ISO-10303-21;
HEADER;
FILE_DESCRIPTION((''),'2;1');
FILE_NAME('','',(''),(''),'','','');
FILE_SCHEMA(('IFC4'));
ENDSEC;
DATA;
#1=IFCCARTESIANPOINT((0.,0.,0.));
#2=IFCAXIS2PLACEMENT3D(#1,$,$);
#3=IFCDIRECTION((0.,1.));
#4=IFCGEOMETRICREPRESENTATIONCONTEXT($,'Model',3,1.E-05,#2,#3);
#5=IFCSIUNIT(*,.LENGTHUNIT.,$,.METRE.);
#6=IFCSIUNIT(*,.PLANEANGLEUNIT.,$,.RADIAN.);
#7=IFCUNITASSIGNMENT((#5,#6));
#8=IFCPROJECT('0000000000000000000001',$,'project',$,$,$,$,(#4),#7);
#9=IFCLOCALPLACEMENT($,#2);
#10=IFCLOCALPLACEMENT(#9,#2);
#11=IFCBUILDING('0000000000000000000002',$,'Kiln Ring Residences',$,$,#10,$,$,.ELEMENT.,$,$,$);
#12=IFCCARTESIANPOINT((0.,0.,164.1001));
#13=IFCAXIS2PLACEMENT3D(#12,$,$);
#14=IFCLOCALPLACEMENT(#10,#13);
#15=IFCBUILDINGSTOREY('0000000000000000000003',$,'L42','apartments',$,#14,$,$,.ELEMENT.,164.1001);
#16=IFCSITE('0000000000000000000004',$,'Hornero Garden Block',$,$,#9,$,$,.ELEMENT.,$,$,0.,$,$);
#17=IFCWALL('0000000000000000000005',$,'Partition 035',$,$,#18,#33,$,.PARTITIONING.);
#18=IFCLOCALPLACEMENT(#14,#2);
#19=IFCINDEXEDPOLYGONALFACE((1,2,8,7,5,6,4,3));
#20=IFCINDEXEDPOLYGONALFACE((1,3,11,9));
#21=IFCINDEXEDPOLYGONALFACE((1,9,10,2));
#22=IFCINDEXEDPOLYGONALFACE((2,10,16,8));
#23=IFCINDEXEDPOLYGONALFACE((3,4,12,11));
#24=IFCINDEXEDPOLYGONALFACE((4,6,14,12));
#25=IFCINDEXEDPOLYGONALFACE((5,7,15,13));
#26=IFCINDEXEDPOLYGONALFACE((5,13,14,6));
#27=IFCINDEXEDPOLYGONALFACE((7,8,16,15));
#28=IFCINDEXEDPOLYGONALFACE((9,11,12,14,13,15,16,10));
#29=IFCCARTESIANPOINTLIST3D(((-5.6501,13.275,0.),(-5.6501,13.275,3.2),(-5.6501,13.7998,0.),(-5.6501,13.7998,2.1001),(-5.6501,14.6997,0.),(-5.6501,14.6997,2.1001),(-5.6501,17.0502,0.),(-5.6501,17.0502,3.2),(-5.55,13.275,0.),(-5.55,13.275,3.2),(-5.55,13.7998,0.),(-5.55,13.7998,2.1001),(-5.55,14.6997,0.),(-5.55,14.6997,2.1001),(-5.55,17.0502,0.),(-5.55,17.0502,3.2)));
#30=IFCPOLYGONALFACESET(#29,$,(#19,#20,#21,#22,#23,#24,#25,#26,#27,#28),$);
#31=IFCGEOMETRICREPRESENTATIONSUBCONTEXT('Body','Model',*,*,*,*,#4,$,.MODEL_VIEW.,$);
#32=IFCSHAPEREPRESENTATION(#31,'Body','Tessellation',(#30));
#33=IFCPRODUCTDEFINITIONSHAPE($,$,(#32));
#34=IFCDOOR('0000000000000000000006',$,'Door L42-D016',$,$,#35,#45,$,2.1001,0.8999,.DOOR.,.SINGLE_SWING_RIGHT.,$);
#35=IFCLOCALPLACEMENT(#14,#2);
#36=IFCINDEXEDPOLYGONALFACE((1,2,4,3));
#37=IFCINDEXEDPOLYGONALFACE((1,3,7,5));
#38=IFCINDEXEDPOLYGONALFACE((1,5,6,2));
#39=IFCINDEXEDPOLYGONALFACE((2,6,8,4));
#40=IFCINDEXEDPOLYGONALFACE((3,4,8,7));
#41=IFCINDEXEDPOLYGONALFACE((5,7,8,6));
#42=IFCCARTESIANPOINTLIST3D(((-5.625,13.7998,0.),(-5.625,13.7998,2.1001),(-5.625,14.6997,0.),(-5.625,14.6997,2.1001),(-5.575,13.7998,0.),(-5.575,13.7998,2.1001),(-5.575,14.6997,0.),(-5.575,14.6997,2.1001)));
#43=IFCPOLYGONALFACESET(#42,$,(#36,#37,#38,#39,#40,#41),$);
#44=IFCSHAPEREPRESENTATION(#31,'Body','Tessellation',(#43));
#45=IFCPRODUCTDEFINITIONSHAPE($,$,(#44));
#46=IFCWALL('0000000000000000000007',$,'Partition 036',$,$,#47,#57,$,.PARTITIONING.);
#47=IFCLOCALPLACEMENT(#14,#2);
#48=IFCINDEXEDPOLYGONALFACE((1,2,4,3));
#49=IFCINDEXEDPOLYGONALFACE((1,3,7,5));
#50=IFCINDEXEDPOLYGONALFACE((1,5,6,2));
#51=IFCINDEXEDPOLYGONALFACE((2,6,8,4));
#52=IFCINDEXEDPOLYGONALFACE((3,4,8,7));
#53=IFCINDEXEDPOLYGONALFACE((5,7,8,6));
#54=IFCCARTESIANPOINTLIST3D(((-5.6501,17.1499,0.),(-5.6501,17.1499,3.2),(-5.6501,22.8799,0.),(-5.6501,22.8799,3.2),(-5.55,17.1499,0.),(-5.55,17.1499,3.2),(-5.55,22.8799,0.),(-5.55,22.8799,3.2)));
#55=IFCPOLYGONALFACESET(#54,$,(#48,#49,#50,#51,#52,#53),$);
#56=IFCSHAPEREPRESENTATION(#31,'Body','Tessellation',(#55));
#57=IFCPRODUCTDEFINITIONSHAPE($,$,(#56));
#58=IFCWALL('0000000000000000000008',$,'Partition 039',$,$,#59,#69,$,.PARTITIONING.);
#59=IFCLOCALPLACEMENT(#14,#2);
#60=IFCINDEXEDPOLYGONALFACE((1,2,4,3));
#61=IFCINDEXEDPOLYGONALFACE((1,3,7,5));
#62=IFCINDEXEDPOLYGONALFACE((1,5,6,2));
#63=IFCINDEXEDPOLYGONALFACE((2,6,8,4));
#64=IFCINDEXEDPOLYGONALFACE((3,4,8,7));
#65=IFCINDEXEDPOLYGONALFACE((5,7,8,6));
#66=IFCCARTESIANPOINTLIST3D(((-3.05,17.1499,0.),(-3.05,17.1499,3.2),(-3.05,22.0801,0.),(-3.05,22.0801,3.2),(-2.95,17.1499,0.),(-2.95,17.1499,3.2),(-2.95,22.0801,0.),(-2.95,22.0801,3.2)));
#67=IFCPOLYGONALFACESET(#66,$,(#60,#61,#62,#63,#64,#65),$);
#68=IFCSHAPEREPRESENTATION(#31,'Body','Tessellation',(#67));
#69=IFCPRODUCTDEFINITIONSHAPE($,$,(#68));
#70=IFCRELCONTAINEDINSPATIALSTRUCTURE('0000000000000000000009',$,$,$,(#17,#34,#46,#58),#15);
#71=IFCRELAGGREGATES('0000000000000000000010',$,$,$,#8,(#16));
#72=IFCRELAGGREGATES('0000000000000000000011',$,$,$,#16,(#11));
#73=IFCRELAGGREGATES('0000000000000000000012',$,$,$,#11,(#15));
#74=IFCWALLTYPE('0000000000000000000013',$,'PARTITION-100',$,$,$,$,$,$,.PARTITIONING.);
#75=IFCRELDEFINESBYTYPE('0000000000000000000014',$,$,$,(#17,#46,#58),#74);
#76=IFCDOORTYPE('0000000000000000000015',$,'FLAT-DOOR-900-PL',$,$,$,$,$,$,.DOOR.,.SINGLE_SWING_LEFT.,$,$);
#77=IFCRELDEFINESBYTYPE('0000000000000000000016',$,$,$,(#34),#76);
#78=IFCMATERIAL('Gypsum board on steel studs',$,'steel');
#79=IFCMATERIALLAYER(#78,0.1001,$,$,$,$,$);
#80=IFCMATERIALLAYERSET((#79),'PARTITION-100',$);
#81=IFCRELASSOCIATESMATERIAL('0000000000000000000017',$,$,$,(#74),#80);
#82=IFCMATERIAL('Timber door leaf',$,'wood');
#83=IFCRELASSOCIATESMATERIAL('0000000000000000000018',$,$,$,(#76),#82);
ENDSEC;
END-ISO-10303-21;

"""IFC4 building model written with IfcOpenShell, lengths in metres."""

from ifc_helpers import new_model, si_unit, direction, frame, frame_2d, origin, place, context, subcontext, project, spatial, rectangle, extrude, material, layer, layer_set, type_object, element, fill, save


model = new_model("IFC4")

# Units and contexts
model_context = context("Model", 3, precision=1e-05, world=origin(), true_north=direction((0.0, 1.0)))
body_context = subcontext(model_context, "Body", "Model", "MODEL_VIEW")
ifc_project = project(units=[si_unit("LENGTHUNIT", "METRE"), si_unit("PLANEANGLEUNIT", "RADIAN")], contexts=[model_context])

# Site, building, storey
site_placement = place(None, origin())
site = spatial("IfcSite", under=ifc_project, at=site_placement, Name="Hornero Garden Block", CompositionType="ELEMENT", RefElevation=0.0)
building_placement = place(site_placement, origin())
building = spatial("IfcBuilding", under=site, at=building_placement, Name="Kiln Ring Residences", CompositionType="ELEMENT")
storey_placement = place(building_placement, frame((0.0, 0.0, 164.1001)))
storey = spatial("IfcBuildingStorey", under=building, at=storey_placement, Name="L42", Description="apartments", CompositionType="ELEMENT", Elevation=164.1001)

# Wall, opening, door
ifc_material_1 = material(Name="Gypsum board on steel studs", Category="steel")
ifc_layer_1 = layer(ifc_material_1, 0.1001)
ifc_layer_set_1 = layer_set([ifc_layer_1], Name="PARTITION-100")
wall_type_1 = type_object("IfcWallType", Name="PARTITION-100", PredefinedType="PARTITIONING", material=ifc_layer_set_1)
wall_1_placement = place(storey_placement, frame((-5.6001, 13.2749, 0.0), z_axis=(0.0, 0.0, 1.0), x_axis=(0.0, 1.0, 0.0)))
wall_1 = element("IfcWall", 1, at=wall_1_placement, inside=storey, type_object=wall_type_1, Name="Partition 035", PredefinedType="PARTITIONING", context=body_context, shape_type="SweptSolid", body=[
    extrude(rectangle(XDim=3.7751, YDim=0.1001, at=frame_2d((1.8877, 0.0))), origin(), (0.0, 0.0, 1.0), 3.2),
])
opening_1_placement = place(wall_1_placement, frame((0.5249, 0.0, 0.0)))
opening_1 = element("IfcOpeningElement", 2, at=opening_1_placement, cuts=wall_1, PredefinedType="OPENING", context=body_context, shape_type="SweptSolid", body=[
    extrude(rectangle(XDim=0.8999, YDim=2.1001, at=frame_2d((0.45, 1.05))), frame((0.0, 0.0601, 0.0), z_axis=(0.0, -1.0, 0.0), x_axis=(1.0, 0.0, 0.0)), (0.0, 0.0, 1.0), 0.1201),
])
ifc_material_2 = material(Name="Timber door leaf", Category="wood")
door_type = type_object("IfcDoorType", Name="FLAT-DOOR-900-PL", OperationType="SINGLE_SWING_LEFT", PredefinedType="DOOR", material=ifc_material_2)
door_placement = place(opening_1_placement, origin())
door = element("IfcDoor", 3, at=door_placement, inside=storey, type_object=door_type, Name="Door L42-D016", OperationType="SINGLE_SWING_RIGHT", OverallHeight=2.1001, OverallWidth=0.8999, PredefinedType="DOOR", context=body_context, shape_type="SweptSolid", body=[
    extrude(rectangle(XDim=0.8999, YDim=2.1001, at=frame_2d((0.45, 1.05))), frame((0.0, 0.0249, 0.0), z_axis=(0.0, -1.0, 0.0), x_axis=(1.0, 0.0, 0.0)), (0.0, 0.0, 1.0), 0.05),
])
fill(opening_1, door)

# Walls
wall_2_placement = place(storey_placement, frame((-5.6001, 17.1499, 0.0), z_axis=(0.0, 0.0, 1.0), x_axis=(0.0, 1.0, 0.0)))
element("IfcWall", 4, at=wall_2_placement, inside=storey, type_object=wall_type_1, Name="Partition 036", PredefinedType="PARTITIONING", context=body_context, shape_type="SweptSolid", body=[
    extrude(rectangle(XDim=5.73, YDim=0.1001, at=frame_2d((2.865, 0.0))), origin(), (0.0, 0.0, 1.0), 3.2),
])
wall_3_placement = place(storey_placement, frame((-3.0, 17.1499, 0.0), z_axis=(0.0, 0.0, 1.0), x_axis=(0.0, 1.0, 0.0)))
element("IfcWall", 5, at=wall_3_placement, inside=storey, type_object=wall_type_1, Name="Partition 039", PredefinedType="PARTITIONING", context=body_context, shape_type="SweptSolid", body=[
    extrude(rectangle(XDim=4.9302, YDim=0.1001, at=frame_2d((2.4651, 0.0))), origin(), (0.0, 0.0, 1.0), 3.2),
])

save(model, "model.ifc")
